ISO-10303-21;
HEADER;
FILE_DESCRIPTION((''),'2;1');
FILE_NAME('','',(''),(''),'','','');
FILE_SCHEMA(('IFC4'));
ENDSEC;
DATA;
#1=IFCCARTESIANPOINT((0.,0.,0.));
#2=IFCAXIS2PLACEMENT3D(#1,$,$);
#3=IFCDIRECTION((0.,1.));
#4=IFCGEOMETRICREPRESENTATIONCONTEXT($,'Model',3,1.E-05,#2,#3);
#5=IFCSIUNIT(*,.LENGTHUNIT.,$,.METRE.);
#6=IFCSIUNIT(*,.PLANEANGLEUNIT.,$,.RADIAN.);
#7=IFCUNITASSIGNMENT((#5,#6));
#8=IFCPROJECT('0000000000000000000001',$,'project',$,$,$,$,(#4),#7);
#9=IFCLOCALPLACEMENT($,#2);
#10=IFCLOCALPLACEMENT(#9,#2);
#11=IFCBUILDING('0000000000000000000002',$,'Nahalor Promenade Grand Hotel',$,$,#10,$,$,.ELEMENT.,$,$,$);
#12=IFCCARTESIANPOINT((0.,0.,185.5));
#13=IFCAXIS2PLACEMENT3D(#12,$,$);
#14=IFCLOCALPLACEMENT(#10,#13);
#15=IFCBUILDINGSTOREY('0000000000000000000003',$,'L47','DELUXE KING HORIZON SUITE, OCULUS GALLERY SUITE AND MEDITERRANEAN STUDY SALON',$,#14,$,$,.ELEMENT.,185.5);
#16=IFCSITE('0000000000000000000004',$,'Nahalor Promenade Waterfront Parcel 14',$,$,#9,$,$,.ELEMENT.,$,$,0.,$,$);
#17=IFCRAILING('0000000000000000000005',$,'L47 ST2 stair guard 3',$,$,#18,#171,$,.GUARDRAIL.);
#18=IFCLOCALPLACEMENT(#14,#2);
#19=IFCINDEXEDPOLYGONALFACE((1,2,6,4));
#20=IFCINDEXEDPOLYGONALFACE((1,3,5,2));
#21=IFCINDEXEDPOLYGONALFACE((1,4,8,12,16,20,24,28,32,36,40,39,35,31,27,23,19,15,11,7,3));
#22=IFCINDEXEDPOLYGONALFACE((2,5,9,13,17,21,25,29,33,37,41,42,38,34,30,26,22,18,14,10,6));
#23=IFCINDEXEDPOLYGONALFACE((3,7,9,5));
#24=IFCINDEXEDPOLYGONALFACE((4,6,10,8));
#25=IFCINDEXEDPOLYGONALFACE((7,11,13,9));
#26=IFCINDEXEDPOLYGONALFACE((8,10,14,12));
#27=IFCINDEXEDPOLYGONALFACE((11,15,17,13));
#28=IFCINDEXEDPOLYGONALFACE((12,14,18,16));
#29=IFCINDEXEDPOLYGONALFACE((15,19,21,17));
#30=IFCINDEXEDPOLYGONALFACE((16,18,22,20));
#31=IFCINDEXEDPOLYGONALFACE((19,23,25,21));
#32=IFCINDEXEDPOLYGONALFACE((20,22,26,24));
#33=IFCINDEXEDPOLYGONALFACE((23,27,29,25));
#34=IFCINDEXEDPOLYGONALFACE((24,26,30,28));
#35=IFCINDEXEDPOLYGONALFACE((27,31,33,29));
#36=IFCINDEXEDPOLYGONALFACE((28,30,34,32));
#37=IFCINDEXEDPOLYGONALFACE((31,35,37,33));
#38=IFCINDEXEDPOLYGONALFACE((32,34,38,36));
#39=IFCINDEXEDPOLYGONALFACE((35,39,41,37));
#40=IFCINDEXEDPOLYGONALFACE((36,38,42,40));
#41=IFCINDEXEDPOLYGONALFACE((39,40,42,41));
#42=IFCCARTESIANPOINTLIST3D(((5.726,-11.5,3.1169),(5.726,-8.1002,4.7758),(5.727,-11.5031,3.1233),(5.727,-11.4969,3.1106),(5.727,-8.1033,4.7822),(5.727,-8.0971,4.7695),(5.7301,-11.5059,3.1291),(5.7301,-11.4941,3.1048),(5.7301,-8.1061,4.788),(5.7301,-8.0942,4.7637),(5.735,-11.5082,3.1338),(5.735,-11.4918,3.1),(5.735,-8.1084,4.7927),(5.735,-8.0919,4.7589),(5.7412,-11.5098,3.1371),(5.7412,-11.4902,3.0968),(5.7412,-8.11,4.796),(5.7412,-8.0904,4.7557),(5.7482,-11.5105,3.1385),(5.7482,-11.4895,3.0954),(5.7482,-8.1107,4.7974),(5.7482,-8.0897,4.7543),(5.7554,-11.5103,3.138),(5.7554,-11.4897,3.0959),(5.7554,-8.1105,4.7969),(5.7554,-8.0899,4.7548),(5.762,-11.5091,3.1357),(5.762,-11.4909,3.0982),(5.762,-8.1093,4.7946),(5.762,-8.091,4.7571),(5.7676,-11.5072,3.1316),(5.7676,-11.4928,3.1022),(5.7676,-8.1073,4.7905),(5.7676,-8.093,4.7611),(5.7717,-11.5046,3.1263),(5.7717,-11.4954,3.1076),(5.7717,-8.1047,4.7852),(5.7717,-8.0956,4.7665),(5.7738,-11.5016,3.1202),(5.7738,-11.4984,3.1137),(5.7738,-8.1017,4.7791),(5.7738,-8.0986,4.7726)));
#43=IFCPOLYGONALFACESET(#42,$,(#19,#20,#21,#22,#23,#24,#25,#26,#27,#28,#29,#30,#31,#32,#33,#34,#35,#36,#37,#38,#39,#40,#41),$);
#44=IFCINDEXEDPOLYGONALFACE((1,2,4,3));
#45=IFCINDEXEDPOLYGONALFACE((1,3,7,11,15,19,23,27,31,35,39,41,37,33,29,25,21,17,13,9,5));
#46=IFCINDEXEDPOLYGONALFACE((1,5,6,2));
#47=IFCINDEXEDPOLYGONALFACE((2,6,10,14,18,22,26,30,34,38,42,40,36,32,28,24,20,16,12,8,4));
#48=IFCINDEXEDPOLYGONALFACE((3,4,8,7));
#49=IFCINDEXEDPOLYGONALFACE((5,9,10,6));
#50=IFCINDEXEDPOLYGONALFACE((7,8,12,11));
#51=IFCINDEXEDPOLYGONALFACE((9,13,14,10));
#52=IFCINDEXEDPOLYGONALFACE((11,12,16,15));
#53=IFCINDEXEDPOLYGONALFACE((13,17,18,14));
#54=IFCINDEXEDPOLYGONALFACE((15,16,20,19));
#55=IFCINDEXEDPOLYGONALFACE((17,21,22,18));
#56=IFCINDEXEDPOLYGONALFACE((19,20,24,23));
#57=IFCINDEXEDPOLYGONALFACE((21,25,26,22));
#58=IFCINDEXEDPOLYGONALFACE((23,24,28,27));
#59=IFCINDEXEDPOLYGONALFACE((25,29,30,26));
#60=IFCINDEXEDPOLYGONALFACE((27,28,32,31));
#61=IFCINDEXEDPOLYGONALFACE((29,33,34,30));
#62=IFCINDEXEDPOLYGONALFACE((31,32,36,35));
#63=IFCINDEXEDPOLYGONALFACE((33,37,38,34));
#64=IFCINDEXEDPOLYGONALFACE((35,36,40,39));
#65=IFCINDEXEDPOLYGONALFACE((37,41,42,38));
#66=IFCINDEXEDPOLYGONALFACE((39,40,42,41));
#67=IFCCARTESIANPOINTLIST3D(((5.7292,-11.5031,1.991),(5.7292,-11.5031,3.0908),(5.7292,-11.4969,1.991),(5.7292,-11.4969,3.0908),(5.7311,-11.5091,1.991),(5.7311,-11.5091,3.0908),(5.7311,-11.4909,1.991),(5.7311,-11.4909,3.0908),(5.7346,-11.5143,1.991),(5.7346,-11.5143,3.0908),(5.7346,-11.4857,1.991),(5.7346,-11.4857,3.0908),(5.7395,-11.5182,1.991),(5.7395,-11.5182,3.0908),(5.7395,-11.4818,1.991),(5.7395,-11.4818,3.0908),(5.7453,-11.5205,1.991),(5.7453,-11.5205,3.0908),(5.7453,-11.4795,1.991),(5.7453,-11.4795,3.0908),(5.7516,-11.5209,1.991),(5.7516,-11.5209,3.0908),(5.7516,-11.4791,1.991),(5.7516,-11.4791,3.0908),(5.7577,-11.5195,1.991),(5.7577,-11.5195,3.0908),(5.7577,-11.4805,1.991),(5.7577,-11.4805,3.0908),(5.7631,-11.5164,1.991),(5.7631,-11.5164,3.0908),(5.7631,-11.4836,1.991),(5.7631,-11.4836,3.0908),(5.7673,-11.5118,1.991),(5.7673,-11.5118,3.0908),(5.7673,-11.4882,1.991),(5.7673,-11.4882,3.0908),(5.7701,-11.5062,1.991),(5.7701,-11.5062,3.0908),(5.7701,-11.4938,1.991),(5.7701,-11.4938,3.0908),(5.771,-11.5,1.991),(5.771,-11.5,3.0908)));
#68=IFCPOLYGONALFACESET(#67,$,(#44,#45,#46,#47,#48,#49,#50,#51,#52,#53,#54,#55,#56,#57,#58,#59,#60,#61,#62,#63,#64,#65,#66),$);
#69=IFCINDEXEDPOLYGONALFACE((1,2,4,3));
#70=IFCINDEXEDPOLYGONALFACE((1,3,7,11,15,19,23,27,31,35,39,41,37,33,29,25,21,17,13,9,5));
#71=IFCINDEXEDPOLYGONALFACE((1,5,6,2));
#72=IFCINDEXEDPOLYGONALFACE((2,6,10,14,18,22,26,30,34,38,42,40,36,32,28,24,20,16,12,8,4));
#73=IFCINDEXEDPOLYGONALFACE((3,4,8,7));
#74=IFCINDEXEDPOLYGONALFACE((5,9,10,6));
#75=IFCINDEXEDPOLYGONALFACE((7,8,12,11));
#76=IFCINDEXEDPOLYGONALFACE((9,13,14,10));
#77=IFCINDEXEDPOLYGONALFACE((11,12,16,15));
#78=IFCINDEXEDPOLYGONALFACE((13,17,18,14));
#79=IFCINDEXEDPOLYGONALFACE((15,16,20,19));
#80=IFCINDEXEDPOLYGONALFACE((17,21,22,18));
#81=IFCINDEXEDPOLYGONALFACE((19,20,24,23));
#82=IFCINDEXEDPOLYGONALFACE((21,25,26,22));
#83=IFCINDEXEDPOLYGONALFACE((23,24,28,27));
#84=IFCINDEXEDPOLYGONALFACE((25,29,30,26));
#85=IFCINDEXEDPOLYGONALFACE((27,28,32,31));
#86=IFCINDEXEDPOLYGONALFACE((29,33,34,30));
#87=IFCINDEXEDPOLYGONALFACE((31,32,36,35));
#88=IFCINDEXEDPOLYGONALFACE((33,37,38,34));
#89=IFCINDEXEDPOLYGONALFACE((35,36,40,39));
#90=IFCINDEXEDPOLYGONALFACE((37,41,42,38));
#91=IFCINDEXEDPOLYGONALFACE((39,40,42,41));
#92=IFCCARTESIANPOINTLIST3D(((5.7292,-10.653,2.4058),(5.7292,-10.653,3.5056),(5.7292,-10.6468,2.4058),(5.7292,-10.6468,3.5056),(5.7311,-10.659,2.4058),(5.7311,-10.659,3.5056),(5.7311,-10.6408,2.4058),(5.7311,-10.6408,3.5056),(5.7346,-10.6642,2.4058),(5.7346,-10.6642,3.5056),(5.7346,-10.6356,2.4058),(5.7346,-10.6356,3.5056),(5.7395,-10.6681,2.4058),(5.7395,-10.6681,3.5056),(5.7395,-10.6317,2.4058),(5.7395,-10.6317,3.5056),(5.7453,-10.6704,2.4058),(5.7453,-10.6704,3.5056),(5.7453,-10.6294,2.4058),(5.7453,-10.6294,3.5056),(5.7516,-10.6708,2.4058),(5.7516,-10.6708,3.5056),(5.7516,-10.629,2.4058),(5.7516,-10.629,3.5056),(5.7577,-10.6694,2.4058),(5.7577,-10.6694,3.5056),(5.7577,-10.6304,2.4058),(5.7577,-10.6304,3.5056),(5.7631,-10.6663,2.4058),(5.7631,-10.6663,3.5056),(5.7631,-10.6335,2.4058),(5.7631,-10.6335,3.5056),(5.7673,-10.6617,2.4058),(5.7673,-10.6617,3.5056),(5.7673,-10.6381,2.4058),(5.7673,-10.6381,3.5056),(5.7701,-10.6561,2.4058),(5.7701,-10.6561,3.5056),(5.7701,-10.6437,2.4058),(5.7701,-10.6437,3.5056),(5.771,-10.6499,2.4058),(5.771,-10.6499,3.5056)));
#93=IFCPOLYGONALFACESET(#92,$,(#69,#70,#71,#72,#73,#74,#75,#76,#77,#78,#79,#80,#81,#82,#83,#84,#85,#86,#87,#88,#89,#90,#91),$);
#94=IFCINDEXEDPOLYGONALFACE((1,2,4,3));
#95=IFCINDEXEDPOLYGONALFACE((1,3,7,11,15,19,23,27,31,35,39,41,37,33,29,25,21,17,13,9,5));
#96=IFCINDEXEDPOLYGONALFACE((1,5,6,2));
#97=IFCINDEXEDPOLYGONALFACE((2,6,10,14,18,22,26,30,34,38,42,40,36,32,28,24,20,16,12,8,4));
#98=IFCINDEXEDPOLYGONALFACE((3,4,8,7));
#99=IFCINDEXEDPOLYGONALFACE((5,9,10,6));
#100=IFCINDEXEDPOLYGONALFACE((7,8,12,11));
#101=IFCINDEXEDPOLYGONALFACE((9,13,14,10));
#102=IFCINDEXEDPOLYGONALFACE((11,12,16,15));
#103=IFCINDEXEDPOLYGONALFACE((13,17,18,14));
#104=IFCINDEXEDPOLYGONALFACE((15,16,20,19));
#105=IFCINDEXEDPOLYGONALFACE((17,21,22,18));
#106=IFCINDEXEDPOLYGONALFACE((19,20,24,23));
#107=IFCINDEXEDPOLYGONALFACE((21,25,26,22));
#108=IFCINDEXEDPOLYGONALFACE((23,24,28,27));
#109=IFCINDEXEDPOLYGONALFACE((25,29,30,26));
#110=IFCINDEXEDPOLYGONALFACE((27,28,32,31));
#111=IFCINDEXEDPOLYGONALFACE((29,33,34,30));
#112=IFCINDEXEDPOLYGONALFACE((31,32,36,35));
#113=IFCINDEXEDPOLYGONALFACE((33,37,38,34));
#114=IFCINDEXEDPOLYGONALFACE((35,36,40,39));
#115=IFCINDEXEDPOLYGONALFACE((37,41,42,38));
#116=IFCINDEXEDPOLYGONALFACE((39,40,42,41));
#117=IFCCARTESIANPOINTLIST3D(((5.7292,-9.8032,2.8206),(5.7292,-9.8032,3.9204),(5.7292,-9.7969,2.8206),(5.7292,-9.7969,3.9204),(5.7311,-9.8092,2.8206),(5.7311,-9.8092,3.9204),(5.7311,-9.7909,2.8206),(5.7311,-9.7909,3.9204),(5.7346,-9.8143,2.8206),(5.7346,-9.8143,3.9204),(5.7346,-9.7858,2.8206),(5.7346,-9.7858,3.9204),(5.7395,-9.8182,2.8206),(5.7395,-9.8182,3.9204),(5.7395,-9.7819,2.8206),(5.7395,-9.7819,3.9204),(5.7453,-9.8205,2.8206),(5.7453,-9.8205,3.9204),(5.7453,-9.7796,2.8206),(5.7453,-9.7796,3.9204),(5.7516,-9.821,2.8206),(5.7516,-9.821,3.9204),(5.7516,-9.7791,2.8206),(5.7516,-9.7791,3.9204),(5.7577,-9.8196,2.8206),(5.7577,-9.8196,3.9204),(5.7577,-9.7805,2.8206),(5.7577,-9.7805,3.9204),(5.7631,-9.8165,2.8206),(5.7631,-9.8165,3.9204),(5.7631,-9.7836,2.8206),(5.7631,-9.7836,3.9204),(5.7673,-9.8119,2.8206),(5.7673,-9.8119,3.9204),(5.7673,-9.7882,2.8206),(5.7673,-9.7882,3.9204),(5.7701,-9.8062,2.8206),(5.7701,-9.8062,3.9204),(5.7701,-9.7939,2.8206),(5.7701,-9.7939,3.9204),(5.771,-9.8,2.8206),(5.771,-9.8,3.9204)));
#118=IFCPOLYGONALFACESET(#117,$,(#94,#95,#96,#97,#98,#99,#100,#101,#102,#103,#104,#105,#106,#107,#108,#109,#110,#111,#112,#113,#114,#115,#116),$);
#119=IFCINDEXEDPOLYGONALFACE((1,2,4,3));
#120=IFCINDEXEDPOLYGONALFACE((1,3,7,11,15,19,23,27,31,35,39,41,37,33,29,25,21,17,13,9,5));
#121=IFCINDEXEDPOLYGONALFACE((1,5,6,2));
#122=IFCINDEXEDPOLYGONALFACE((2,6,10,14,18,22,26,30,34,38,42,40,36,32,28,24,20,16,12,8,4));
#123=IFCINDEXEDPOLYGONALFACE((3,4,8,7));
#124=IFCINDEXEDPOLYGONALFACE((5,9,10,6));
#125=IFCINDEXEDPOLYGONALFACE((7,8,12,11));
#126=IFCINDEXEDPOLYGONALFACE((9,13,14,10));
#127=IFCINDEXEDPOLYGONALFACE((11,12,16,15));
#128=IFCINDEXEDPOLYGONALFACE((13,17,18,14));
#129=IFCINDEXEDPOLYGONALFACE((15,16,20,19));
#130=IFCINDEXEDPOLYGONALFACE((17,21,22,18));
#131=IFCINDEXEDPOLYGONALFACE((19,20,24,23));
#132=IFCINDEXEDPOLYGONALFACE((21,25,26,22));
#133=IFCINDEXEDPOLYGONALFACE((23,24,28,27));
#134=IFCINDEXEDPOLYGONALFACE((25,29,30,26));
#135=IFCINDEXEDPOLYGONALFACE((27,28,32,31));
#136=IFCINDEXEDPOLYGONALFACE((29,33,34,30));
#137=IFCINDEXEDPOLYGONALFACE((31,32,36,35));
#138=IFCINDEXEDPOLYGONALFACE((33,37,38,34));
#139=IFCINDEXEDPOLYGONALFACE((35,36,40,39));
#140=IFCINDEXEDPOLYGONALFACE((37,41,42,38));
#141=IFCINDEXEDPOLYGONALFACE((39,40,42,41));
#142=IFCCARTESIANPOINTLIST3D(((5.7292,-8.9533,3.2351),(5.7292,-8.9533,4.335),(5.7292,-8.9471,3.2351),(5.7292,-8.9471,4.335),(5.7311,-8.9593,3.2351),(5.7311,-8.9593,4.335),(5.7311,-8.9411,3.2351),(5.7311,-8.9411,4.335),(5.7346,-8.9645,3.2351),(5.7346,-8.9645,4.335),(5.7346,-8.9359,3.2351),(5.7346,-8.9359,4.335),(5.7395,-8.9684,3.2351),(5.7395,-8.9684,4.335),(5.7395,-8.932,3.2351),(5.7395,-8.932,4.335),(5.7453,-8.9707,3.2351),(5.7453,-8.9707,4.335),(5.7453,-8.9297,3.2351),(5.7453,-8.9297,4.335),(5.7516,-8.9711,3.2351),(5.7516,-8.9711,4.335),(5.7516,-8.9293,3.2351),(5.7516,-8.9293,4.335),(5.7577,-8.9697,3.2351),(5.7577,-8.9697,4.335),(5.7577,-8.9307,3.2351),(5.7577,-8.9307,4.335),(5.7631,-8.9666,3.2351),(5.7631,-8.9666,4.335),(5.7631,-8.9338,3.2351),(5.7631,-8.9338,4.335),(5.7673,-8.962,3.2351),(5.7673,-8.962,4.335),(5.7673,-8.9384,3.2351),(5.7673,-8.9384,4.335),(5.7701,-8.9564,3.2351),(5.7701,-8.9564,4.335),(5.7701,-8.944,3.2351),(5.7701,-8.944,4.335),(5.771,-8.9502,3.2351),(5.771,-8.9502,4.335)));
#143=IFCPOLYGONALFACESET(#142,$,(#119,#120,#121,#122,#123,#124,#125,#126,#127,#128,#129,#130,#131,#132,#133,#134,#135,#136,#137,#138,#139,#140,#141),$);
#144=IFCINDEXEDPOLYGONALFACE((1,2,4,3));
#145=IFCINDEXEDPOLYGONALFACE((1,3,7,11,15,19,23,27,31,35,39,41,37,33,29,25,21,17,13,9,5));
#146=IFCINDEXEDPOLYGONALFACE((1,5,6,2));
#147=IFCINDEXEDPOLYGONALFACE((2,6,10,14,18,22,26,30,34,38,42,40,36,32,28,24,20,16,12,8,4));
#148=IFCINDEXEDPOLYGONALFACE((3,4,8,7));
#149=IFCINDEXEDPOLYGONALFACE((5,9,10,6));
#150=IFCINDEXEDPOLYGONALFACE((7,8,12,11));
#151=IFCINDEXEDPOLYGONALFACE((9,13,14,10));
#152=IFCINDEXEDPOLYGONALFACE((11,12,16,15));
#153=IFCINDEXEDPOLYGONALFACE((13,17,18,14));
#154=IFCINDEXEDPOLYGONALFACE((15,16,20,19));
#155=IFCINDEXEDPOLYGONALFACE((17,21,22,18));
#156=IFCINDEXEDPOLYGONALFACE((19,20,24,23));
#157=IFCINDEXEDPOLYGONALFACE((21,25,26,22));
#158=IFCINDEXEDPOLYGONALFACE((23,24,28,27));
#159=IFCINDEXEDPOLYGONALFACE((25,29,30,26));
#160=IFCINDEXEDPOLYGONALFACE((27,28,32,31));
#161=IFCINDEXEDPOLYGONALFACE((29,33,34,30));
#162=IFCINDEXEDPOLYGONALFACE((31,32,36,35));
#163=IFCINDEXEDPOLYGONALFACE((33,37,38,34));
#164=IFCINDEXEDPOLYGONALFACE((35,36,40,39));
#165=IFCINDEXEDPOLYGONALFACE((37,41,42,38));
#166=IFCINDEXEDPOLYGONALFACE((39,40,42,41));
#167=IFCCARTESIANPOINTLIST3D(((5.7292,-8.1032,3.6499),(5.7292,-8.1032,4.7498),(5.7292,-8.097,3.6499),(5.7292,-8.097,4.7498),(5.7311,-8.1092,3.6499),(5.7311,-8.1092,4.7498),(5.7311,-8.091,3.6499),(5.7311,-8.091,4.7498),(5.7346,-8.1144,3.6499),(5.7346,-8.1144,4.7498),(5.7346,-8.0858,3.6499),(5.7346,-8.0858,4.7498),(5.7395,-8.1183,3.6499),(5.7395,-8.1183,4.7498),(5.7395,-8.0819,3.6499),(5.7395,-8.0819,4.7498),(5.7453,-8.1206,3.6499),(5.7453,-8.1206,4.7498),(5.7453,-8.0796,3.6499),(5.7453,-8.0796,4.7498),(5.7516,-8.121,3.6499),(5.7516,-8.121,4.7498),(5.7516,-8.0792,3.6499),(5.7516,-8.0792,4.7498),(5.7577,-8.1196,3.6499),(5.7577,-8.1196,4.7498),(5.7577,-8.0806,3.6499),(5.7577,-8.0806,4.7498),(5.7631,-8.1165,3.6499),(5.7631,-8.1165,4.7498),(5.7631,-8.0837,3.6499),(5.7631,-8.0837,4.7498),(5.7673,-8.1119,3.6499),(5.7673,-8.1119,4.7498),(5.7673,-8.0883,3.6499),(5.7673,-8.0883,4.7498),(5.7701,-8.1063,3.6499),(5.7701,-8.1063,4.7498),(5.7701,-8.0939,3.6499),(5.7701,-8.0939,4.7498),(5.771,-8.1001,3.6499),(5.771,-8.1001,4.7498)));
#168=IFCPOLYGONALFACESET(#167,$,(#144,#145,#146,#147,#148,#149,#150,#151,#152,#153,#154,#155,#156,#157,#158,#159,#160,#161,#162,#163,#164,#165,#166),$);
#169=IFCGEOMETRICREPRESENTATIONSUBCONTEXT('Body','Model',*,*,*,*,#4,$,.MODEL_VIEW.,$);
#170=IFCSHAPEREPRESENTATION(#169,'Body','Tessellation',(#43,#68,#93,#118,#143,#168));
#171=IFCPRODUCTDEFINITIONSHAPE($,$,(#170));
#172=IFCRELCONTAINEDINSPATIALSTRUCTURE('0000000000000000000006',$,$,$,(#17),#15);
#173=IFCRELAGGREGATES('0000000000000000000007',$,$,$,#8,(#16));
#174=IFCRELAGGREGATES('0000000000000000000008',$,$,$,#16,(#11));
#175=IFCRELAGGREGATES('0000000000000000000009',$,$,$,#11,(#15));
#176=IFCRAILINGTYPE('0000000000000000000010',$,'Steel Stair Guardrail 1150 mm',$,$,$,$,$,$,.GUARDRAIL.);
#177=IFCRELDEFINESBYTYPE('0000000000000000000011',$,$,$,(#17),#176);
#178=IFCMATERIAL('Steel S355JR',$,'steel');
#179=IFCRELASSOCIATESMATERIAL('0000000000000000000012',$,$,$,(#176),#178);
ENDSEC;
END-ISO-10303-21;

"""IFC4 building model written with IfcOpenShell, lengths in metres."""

from ifc_helpers import new_model, si_unit, direction, frame, origin, origin_2d, place, context, subcontext, project, spatial, circle, extrude, material, type_object, element, save


model = new_model("IFC4")

# Units and contexts
model_context = context("Model", 3, precision=1e-05, world=origin(), true_north=direction((0.0, 1.0)))
body_context = subcontext(model_context, "Body", "Model", "MODEL_VIEW")
ifc_project = project(units=[si_unit("LENGTHUNIT", "METRE"), si_unit("PLANEANGLEUNIT", "RADIAN")], contexts=[model_context])

# Site, building, storey
site_placement = place(None, origin())
site = spatial("IfcSite", under=ifc_project, at=site_placement, Name="Nahalor Promenade Waterfront Parcel 14", CompositionType="ELEMENT", RefElevation=0.0)
building_placement = place(site_placement, origin())
building = spatial("IfcBuilding", under=site, at=building_placement, Name="Nahalor Promenade Grand Hotel", CompositionType="ELEMENT")
storey_placement = place(building_placement, frame((0.0, 0.0, 185.5)))
storey = spatial("IfcBuildingStorey", under=building, at=storey_placement, Name="L47", Description="DELUXE KING HORIZON SUITE, OCULUS GALLERY SUITE AND MEDITERRANEAN STUDY SALON", CompositionType="ELEMENT", Elevation=185.5)

# Shared definitions
ifc_material_1 = material(Name="Steel S355JR", Category="steel")

# Railing
railing_type_1 = type_object("IfcRailingType", Name="Steel Stair Guardrail 1150 mm", PredefinedType="GUARDRAIL", material=ifc_material_1)
railing_1_placement = place(storey_placement, frame((5.75, -11.5, 1.991)))
element("IfcRailing", 1, at=railing_1_placement, inside=storey, type_object=railing_type_1, Name="L47 ST2 stair guard 3", PredefinedType="GUARDRAIL", context=body_context, shape_type="SweptSolid", body=[
    extrude(circle(Radius=0.024, at=origin_2d()), frame((0.0, 0.0, 1.126), z_axis=(0.0, 0.898722, 0.438519), x_axis=(-1.0, 0.0, 0.0)), (0.0, 0.0, 1.0), 3.783),
    extrude(circle(Radius=0.021, at=origin_2d()), origin(), (0.0, 0.0, 1.0), 1.0999),
    extrude(circle(Radius=0.021, at=origin_2d()), frame((0.0, 0.8501, 0.4148)), (0.0, 0.0, 1.0), 1.0999),
    extrude(circle(Radius=0.021, at=origin_2d()), frame((0.0, 1.7, 0.8296)), (0.0, 0.0, 1.0), 1.0999),
    extrude(circle(Radius=0.021, at=origin_2d()), frame((0.0, 2.5498, 1.2441)), (0.0, 0.0, 1.0), 1.0999),
    extrude(circle(Radius=0.021, at=origin_2d()), frame((0.0, 3.3999, 1.6589)), (0.0, 0.0, 1.0), 1.0999),
])

save(model, "model.ifc")
